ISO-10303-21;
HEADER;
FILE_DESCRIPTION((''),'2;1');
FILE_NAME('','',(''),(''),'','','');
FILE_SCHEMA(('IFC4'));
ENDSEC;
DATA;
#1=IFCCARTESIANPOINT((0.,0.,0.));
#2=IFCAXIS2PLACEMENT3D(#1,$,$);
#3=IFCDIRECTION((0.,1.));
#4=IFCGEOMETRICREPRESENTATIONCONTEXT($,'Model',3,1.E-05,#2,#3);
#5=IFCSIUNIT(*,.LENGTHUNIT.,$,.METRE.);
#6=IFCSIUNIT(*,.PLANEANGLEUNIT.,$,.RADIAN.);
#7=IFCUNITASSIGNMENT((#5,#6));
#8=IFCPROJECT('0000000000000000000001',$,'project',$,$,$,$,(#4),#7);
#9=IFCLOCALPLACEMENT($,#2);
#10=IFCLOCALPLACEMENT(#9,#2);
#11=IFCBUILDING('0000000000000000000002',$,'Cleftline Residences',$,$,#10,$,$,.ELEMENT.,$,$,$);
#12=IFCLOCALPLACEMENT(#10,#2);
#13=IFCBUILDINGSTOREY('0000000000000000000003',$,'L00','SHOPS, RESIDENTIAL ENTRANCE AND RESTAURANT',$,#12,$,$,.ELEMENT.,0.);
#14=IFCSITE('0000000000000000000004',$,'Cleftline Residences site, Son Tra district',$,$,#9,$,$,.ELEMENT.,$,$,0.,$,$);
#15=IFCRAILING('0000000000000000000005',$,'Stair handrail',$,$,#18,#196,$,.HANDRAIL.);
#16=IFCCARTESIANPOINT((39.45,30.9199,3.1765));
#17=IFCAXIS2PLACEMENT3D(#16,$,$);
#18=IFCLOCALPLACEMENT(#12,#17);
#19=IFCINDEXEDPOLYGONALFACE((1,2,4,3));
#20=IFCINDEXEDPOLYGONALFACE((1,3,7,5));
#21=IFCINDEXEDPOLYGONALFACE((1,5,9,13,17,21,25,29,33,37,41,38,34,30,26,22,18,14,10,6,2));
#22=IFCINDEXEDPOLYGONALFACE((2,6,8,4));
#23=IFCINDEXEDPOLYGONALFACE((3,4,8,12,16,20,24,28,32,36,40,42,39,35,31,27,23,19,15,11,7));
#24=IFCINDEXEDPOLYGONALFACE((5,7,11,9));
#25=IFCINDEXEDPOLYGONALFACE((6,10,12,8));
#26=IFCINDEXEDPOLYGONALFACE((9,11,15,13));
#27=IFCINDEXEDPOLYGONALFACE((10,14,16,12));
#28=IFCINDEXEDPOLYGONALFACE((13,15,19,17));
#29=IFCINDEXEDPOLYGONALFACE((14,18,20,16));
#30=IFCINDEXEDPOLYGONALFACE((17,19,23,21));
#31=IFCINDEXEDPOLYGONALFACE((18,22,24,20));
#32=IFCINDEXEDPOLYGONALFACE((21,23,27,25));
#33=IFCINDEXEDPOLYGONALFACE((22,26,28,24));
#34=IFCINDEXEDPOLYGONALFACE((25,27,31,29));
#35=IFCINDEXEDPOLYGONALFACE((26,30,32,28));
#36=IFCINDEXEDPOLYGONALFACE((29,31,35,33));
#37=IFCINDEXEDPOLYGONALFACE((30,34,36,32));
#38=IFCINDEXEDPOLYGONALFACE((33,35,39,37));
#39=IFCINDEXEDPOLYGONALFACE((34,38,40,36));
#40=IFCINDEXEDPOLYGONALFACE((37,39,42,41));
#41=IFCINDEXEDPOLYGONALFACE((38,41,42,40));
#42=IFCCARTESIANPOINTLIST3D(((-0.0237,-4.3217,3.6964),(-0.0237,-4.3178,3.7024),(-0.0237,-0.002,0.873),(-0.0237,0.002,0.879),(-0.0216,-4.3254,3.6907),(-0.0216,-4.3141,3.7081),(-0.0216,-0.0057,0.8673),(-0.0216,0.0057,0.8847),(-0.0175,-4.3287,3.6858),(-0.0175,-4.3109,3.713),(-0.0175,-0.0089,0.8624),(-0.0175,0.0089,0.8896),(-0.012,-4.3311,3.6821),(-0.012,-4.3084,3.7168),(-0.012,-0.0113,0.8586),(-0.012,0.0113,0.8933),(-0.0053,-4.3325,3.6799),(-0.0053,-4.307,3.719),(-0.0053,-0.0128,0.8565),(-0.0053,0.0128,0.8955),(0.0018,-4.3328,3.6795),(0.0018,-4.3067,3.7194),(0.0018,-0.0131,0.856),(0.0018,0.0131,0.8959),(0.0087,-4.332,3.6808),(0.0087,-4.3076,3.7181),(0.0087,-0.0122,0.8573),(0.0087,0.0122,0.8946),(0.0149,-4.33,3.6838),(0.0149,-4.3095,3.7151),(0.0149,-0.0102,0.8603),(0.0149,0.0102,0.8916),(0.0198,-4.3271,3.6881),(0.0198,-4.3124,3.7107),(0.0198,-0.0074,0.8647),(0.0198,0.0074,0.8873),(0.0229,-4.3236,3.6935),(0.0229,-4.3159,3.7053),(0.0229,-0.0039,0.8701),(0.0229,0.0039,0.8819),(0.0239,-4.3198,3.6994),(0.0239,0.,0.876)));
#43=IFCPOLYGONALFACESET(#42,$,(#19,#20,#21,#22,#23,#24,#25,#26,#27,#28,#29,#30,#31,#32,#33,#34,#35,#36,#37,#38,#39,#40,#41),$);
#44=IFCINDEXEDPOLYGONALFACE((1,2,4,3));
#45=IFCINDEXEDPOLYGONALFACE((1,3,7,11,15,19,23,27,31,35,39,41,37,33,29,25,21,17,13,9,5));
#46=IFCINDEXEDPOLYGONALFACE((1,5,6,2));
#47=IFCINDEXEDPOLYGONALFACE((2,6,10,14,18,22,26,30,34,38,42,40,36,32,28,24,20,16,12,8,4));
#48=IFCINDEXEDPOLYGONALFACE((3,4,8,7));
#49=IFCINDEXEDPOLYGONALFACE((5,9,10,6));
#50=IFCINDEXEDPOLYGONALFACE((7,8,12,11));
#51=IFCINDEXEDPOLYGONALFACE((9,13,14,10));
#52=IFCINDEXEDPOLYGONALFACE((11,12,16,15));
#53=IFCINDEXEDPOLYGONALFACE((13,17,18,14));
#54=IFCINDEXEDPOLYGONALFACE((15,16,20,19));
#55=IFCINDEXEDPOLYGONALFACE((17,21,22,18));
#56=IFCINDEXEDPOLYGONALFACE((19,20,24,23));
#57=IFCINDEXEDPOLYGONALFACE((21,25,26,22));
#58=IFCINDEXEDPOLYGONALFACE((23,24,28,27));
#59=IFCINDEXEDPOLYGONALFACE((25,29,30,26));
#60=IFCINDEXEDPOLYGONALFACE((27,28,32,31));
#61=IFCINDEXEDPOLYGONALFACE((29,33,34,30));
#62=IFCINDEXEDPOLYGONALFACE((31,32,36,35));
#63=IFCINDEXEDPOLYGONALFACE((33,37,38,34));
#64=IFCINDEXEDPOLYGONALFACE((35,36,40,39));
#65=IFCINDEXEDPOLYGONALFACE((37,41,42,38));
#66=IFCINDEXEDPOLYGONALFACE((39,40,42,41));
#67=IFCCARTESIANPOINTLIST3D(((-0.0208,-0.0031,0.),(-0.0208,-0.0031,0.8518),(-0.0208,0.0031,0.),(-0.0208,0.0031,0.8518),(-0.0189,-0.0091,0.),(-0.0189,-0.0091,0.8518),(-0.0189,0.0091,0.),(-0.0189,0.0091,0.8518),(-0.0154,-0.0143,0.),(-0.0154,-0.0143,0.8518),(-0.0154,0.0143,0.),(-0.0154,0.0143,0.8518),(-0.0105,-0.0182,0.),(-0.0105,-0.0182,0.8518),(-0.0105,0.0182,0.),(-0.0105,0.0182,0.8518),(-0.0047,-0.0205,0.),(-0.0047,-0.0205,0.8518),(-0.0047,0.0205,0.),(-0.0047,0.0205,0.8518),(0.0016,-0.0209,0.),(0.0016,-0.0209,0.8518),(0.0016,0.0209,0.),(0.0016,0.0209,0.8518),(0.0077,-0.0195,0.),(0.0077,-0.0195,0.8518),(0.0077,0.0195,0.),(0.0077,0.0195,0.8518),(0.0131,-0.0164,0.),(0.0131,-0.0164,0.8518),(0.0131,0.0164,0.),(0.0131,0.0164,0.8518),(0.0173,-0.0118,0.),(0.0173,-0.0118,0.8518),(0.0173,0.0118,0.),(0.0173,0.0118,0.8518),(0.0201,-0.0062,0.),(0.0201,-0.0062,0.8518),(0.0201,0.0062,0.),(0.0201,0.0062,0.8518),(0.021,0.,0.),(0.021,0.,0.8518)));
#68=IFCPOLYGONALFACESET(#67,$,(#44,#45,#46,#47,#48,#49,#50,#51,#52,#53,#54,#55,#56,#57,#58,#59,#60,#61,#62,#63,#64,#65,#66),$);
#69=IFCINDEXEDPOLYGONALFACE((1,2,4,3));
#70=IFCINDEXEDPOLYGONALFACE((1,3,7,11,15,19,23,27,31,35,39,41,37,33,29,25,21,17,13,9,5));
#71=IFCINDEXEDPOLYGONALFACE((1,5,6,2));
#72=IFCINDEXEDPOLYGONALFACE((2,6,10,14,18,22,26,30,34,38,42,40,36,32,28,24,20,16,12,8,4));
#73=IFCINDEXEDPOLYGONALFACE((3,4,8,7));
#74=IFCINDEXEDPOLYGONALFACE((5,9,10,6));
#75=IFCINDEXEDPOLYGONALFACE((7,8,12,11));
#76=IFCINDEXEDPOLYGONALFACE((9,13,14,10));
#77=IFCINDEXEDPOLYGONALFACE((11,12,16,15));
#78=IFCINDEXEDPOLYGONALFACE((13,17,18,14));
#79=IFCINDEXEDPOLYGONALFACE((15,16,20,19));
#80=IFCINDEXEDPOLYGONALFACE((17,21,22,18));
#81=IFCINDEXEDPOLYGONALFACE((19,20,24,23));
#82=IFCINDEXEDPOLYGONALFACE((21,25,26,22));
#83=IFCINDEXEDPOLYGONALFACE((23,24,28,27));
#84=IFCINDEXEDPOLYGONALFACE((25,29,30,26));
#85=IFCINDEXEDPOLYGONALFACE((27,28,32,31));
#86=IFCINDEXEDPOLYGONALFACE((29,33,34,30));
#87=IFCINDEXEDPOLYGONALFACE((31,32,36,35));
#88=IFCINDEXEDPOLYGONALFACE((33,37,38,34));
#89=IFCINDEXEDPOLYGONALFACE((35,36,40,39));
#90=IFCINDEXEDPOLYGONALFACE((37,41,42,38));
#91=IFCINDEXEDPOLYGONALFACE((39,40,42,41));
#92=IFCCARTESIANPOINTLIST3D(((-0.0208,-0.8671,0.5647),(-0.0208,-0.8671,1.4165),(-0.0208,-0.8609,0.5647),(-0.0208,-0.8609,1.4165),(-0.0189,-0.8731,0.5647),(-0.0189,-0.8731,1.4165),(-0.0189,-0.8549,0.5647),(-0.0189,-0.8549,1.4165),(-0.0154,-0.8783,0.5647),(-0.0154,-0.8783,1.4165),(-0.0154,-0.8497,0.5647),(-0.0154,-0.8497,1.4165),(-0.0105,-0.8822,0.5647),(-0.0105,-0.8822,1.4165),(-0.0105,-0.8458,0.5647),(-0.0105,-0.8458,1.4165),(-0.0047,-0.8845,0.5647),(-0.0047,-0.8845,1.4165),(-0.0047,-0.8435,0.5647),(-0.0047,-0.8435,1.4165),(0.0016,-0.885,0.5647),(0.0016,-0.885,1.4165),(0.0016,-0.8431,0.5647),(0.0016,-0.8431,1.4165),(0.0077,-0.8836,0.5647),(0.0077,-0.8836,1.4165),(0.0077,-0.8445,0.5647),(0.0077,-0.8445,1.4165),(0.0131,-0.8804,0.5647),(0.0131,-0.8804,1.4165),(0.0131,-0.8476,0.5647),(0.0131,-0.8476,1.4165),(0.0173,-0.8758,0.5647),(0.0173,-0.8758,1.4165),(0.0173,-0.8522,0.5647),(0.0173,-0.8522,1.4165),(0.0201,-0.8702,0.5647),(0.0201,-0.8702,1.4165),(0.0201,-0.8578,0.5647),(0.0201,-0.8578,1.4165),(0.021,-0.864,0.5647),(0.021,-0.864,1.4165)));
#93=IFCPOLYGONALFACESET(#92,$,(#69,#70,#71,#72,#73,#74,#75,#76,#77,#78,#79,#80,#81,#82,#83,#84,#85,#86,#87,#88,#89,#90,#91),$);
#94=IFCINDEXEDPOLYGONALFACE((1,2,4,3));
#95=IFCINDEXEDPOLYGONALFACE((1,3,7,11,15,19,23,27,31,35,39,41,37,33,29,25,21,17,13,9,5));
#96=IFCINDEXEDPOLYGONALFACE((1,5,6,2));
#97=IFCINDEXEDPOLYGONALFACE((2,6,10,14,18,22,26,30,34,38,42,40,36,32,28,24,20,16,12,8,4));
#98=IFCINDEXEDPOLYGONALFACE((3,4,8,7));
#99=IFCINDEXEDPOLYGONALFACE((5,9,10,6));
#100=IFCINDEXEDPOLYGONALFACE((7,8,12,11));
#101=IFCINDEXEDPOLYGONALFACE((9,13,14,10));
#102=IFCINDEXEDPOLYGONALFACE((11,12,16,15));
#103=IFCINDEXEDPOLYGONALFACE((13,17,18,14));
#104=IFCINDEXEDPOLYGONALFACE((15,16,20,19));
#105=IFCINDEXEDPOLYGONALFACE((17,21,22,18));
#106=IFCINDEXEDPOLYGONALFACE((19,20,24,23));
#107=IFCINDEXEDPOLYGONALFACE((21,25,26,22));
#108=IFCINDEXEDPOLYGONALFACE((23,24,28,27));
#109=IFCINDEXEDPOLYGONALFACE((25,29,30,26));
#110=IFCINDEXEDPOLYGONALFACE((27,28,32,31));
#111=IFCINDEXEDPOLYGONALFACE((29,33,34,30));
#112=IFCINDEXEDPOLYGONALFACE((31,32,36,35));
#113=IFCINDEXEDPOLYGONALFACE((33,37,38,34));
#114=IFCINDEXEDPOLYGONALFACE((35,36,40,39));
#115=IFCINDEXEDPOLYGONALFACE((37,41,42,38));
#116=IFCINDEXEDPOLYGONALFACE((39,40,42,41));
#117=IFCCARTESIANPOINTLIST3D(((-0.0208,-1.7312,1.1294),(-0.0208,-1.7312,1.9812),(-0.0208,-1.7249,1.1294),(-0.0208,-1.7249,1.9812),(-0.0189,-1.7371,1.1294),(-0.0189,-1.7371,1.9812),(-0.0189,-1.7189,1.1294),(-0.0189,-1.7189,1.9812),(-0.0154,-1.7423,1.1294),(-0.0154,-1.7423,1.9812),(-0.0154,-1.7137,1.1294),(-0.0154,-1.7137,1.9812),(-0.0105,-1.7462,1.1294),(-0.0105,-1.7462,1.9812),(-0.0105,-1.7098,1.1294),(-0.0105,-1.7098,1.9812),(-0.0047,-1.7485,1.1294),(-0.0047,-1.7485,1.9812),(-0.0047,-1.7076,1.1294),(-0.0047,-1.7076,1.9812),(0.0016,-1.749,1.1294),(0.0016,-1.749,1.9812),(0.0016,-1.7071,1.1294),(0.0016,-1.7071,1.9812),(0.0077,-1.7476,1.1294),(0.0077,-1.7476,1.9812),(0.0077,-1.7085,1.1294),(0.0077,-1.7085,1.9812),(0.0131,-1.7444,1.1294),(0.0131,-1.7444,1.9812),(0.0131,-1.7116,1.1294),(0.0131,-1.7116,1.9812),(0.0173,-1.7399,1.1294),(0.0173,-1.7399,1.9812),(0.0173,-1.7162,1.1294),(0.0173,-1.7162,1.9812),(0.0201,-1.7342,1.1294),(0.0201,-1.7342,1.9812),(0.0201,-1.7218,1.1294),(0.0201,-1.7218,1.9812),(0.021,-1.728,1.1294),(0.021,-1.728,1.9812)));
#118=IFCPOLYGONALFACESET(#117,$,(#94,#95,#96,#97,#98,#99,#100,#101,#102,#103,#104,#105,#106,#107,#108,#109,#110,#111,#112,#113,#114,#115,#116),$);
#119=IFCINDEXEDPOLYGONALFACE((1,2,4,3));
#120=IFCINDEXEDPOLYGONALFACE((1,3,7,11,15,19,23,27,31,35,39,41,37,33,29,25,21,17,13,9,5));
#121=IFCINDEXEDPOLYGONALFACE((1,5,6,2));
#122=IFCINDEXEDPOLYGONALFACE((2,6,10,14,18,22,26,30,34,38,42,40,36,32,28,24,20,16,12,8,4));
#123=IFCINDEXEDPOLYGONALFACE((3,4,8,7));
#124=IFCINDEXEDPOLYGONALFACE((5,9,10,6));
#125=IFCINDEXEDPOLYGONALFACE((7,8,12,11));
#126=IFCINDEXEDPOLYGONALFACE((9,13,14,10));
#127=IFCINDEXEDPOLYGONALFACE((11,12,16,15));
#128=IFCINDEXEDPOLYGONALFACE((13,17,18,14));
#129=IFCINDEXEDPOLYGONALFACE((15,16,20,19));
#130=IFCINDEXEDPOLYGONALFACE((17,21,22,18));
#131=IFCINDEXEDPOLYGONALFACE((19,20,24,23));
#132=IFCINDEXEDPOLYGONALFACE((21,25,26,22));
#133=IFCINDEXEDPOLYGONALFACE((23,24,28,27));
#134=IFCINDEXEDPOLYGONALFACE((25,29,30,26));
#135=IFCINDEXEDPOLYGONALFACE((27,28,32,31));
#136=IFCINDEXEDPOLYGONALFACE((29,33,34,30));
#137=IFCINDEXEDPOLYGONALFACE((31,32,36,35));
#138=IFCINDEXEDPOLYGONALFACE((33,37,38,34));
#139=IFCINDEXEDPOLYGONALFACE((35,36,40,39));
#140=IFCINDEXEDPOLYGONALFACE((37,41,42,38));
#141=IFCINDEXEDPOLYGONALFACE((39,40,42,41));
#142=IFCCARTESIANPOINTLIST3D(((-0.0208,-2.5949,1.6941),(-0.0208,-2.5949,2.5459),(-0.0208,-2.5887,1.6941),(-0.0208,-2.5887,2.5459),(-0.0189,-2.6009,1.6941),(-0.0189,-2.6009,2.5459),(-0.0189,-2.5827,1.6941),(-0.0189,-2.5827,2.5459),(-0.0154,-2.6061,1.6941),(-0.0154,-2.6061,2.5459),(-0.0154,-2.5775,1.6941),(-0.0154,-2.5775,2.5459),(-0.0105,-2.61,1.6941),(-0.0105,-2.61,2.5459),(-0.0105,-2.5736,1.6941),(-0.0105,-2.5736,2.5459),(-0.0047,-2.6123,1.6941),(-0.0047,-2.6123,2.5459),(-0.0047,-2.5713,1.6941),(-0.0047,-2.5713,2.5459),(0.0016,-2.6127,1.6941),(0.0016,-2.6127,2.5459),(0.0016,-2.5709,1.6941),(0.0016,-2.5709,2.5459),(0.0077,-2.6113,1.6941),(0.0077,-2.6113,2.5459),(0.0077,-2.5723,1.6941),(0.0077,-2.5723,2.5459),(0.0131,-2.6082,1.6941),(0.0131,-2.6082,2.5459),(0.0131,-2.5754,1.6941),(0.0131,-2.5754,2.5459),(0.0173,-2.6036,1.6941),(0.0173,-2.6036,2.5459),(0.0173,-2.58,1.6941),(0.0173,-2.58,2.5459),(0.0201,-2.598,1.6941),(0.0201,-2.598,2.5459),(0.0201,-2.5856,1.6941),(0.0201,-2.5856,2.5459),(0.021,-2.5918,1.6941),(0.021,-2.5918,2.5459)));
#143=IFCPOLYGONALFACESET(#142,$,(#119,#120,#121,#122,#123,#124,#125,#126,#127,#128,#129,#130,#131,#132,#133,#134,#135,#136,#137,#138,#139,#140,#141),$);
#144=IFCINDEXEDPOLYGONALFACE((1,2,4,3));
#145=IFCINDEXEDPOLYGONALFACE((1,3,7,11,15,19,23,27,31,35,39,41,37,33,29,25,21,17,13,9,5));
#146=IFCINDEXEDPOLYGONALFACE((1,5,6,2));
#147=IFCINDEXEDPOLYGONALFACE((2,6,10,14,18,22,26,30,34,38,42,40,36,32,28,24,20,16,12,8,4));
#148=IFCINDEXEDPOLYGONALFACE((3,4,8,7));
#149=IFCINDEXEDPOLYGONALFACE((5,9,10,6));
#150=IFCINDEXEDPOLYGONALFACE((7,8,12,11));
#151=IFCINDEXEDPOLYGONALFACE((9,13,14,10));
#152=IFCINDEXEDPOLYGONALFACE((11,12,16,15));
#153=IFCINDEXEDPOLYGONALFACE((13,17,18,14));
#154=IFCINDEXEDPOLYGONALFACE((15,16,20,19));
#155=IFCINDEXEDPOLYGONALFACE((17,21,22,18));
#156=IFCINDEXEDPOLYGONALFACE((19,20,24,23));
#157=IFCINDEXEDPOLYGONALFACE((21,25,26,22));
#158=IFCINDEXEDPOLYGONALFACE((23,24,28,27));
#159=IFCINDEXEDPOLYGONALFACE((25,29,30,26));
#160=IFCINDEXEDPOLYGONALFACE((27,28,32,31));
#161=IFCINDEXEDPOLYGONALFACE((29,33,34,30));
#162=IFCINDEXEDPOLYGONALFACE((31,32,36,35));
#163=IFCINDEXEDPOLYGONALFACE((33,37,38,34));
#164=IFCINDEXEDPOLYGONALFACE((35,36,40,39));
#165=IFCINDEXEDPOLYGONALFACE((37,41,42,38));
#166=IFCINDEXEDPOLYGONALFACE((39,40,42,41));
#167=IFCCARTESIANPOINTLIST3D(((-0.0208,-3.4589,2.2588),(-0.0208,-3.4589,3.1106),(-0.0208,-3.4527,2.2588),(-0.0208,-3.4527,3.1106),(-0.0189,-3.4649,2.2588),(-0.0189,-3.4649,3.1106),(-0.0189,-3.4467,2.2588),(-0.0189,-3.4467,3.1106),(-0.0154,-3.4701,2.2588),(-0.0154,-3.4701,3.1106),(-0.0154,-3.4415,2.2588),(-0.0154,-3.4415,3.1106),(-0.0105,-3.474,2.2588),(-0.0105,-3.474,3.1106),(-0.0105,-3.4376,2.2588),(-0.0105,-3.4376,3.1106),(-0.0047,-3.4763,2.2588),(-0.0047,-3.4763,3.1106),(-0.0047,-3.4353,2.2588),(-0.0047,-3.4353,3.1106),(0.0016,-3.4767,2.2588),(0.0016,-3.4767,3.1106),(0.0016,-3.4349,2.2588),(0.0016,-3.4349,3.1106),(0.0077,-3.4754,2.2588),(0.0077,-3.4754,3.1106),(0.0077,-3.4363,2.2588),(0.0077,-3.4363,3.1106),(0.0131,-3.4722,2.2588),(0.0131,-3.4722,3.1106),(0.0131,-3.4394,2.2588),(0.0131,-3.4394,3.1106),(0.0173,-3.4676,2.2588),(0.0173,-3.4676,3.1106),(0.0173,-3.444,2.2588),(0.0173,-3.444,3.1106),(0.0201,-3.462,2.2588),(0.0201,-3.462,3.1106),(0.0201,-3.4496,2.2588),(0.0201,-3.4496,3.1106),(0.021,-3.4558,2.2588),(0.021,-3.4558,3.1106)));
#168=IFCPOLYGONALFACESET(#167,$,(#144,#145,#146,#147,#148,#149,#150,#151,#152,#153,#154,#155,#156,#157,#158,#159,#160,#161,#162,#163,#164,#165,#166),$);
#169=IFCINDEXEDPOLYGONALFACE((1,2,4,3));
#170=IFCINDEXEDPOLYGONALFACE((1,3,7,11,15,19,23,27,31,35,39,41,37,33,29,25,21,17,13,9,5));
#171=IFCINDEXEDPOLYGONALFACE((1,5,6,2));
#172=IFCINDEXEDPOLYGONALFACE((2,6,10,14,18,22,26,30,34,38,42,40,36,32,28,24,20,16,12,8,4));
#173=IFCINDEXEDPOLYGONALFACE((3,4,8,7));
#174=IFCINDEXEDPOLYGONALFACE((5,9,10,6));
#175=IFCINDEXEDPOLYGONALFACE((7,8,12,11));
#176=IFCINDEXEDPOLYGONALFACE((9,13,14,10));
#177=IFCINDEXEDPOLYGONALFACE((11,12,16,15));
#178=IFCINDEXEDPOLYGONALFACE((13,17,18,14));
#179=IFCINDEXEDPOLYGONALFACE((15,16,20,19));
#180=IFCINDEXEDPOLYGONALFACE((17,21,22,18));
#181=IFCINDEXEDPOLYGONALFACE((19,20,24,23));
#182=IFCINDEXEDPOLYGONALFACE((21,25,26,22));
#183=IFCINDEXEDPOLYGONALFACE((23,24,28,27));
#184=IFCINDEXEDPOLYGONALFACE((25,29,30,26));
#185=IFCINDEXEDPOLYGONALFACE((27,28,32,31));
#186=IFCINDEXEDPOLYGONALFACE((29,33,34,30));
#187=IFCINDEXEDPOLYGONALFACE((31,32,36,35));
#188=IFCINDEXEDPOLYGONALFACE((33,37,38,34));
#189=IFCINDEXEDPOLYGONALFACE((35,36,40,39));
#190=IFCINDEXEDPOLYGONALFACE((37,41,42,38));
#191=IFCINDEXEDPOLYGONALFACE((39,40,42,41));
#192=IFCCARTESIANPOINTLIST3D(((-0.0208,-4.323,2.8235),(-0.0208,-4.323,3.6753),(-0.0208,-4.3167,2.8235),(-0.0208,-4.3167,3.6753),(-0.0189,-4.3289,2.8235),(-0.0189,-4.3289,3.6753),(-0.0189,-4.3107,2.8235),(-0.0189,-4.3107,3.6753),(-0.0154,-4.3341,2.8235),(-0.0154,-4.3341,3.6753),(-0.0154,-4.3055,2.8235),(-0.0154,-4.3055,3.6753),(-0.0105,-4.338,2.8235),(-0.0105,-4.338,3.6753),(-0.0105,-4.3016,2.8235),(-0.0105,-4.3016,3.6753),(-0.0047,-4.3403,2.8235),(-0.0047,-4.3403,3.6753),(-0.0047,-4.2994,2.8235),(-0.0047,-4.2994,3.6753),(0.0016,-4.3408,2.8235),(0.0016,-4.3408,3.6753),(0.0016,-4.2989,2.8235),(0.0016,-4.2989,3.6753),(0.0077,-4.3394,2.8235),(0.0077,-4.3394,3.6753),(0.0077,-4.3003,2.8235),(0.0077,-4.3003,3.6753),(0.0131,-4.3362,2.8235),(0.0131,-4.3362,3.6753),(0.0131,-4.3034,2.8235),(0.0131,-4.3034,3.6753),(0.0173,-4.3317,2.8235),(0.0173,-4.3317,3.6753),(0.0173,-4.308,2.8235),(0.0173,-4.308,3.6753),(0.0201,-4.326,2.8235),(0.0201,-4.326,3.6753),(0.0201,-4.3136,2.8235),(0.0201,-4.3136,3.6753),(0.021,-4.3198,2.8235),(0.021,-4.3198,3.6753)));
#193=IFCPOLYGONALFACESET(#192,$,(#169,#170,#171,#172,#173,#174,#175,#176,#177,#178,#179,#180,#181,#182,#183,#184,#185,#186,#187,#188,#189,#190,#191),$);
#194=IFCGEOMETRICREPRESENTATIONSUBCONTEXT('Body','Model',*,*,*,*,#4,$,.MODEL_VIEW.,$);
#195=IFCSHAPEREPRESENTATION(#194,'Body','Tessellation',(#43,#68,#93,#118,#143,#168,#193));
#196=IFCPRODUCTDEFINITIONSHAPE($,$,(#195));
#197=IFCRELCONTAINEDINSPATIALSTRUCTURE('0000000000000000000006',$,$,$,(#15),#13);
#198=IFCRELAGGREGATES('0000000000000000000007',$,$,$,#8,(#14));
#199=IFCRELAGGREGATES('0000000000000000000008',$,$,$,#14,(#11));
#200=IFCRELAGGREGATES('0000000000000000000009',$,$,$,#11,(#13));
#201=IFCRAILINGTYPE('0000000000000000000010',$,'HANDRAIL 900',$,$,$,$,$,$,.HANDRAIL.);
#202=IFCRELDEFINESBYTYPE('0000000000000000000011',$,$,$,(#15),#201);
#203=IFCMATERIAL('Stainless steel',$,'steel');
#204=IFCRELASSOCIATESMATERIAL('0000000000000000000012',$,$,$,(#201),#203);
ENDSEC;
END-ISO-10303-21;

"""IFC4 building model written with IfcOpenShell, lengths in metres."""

from ifc_helpers import new_model, si_unit, direction, frame, origin, origin_2d, place, context, subcontext, project, spatial, circle, extrude, material, type_object, element, save


model = new_model("IFC4")

# Units and contexts
model_context = context("Model", 3, precision=1e-05, world=origin(), true_north=direction((0.0, 1.0)))
body_context = subcontext(model_context, "Body", "Model", "MODEL_VIEW")
ifc_project = project(units=[si_unit("LENGTHUNIT", "METRE"), si_unit("PLANEANGLEUNIT", "RADIAN")], contexts=[model_context])

# Site, building, storey
site_placement = place(None, origin())
site = spatial("IfcSite", under=ifc_project, at=site_placement, Name="Cleftline Residences site, Son Tra district", CompositionType="ELEMENT", RefElevation=0.0)
building_placement = place(site_placement, origin())
building = spatial("IfcBuilding", under=site, at=building_placement, Name="Cleftline Residences", CompositionType="ELEMENT")
storey_placement = place(building_placement, origin())
storey = spatial("IfcBuildingStorey", under=building, at=storey_placement, Name="L00", Description="SHOPS, RESIDENTIAL ENTRANCE AND RESTAURANT", CompositionType="ELEMENT", Elevation=0.0)

# Railing
ifc_material_1 = material(Name="Stainless steel", Category="steel")
railing_type = type_object("IfcRailingType", Name="HANDRAIL 900", PredefinedType="HANDRAIL", material=ifc_material_1)
railing_1_placement = place(storey_placement, frame((39.45, 30.9199, 3.1765)))
element("IfcRailing", 1, at=railing_1_placement, inside=storey, type_object=railing_type, Name="Stair handrail", PredefinedType="HANDRAIL", context=body_context, shape_type="SweptSolid", body=[
    extrude(circle(Radius=0.0239, at=origin_2d()), frame((0.0, 0.0, 0.876), z_axis=(0.0, -0.83706, 0.547112), x_axis=(1.0, 0.0, 0.0)), (0.0, 0.0, 1.0), 5.1606),
    extrude(circle(Radius=0.021, at=origin_2d()), origin(), (0.0, 0.0, 1.0), 0.8518),
    extrude(circle(Radius=0.021, at=origin_2d()), frame((0.0, -0.864, 0.5647)), (0.0, 0.0, 1.0), 0.8518),
    extrude(circle(Radius=0.021, at=origin_2d()), frame((0.0, -1.728, 1.1294)), (0.0, 0.0, 1.0), 0.8518),
    extrude(circle(Radius=0.021, at=origin_2d()), frame((0.0, -2.5918, 1.6941)), (0.0, 0.0, 1.0), 0.8518),
    extrude(circle(Radius=0.021, at=origin_2d()), frame((0.0, -3.4558, 2.2588)), (0.0, 0.0, 1.0), 0.8518),
    extrude(circle(Radius=0.021, at=origin_2d()), frame((0.0, -4.3198, 2.8235)), (0.0, 0.0, 1.0), 0.8518),
])

save(model, "model.ifc")
